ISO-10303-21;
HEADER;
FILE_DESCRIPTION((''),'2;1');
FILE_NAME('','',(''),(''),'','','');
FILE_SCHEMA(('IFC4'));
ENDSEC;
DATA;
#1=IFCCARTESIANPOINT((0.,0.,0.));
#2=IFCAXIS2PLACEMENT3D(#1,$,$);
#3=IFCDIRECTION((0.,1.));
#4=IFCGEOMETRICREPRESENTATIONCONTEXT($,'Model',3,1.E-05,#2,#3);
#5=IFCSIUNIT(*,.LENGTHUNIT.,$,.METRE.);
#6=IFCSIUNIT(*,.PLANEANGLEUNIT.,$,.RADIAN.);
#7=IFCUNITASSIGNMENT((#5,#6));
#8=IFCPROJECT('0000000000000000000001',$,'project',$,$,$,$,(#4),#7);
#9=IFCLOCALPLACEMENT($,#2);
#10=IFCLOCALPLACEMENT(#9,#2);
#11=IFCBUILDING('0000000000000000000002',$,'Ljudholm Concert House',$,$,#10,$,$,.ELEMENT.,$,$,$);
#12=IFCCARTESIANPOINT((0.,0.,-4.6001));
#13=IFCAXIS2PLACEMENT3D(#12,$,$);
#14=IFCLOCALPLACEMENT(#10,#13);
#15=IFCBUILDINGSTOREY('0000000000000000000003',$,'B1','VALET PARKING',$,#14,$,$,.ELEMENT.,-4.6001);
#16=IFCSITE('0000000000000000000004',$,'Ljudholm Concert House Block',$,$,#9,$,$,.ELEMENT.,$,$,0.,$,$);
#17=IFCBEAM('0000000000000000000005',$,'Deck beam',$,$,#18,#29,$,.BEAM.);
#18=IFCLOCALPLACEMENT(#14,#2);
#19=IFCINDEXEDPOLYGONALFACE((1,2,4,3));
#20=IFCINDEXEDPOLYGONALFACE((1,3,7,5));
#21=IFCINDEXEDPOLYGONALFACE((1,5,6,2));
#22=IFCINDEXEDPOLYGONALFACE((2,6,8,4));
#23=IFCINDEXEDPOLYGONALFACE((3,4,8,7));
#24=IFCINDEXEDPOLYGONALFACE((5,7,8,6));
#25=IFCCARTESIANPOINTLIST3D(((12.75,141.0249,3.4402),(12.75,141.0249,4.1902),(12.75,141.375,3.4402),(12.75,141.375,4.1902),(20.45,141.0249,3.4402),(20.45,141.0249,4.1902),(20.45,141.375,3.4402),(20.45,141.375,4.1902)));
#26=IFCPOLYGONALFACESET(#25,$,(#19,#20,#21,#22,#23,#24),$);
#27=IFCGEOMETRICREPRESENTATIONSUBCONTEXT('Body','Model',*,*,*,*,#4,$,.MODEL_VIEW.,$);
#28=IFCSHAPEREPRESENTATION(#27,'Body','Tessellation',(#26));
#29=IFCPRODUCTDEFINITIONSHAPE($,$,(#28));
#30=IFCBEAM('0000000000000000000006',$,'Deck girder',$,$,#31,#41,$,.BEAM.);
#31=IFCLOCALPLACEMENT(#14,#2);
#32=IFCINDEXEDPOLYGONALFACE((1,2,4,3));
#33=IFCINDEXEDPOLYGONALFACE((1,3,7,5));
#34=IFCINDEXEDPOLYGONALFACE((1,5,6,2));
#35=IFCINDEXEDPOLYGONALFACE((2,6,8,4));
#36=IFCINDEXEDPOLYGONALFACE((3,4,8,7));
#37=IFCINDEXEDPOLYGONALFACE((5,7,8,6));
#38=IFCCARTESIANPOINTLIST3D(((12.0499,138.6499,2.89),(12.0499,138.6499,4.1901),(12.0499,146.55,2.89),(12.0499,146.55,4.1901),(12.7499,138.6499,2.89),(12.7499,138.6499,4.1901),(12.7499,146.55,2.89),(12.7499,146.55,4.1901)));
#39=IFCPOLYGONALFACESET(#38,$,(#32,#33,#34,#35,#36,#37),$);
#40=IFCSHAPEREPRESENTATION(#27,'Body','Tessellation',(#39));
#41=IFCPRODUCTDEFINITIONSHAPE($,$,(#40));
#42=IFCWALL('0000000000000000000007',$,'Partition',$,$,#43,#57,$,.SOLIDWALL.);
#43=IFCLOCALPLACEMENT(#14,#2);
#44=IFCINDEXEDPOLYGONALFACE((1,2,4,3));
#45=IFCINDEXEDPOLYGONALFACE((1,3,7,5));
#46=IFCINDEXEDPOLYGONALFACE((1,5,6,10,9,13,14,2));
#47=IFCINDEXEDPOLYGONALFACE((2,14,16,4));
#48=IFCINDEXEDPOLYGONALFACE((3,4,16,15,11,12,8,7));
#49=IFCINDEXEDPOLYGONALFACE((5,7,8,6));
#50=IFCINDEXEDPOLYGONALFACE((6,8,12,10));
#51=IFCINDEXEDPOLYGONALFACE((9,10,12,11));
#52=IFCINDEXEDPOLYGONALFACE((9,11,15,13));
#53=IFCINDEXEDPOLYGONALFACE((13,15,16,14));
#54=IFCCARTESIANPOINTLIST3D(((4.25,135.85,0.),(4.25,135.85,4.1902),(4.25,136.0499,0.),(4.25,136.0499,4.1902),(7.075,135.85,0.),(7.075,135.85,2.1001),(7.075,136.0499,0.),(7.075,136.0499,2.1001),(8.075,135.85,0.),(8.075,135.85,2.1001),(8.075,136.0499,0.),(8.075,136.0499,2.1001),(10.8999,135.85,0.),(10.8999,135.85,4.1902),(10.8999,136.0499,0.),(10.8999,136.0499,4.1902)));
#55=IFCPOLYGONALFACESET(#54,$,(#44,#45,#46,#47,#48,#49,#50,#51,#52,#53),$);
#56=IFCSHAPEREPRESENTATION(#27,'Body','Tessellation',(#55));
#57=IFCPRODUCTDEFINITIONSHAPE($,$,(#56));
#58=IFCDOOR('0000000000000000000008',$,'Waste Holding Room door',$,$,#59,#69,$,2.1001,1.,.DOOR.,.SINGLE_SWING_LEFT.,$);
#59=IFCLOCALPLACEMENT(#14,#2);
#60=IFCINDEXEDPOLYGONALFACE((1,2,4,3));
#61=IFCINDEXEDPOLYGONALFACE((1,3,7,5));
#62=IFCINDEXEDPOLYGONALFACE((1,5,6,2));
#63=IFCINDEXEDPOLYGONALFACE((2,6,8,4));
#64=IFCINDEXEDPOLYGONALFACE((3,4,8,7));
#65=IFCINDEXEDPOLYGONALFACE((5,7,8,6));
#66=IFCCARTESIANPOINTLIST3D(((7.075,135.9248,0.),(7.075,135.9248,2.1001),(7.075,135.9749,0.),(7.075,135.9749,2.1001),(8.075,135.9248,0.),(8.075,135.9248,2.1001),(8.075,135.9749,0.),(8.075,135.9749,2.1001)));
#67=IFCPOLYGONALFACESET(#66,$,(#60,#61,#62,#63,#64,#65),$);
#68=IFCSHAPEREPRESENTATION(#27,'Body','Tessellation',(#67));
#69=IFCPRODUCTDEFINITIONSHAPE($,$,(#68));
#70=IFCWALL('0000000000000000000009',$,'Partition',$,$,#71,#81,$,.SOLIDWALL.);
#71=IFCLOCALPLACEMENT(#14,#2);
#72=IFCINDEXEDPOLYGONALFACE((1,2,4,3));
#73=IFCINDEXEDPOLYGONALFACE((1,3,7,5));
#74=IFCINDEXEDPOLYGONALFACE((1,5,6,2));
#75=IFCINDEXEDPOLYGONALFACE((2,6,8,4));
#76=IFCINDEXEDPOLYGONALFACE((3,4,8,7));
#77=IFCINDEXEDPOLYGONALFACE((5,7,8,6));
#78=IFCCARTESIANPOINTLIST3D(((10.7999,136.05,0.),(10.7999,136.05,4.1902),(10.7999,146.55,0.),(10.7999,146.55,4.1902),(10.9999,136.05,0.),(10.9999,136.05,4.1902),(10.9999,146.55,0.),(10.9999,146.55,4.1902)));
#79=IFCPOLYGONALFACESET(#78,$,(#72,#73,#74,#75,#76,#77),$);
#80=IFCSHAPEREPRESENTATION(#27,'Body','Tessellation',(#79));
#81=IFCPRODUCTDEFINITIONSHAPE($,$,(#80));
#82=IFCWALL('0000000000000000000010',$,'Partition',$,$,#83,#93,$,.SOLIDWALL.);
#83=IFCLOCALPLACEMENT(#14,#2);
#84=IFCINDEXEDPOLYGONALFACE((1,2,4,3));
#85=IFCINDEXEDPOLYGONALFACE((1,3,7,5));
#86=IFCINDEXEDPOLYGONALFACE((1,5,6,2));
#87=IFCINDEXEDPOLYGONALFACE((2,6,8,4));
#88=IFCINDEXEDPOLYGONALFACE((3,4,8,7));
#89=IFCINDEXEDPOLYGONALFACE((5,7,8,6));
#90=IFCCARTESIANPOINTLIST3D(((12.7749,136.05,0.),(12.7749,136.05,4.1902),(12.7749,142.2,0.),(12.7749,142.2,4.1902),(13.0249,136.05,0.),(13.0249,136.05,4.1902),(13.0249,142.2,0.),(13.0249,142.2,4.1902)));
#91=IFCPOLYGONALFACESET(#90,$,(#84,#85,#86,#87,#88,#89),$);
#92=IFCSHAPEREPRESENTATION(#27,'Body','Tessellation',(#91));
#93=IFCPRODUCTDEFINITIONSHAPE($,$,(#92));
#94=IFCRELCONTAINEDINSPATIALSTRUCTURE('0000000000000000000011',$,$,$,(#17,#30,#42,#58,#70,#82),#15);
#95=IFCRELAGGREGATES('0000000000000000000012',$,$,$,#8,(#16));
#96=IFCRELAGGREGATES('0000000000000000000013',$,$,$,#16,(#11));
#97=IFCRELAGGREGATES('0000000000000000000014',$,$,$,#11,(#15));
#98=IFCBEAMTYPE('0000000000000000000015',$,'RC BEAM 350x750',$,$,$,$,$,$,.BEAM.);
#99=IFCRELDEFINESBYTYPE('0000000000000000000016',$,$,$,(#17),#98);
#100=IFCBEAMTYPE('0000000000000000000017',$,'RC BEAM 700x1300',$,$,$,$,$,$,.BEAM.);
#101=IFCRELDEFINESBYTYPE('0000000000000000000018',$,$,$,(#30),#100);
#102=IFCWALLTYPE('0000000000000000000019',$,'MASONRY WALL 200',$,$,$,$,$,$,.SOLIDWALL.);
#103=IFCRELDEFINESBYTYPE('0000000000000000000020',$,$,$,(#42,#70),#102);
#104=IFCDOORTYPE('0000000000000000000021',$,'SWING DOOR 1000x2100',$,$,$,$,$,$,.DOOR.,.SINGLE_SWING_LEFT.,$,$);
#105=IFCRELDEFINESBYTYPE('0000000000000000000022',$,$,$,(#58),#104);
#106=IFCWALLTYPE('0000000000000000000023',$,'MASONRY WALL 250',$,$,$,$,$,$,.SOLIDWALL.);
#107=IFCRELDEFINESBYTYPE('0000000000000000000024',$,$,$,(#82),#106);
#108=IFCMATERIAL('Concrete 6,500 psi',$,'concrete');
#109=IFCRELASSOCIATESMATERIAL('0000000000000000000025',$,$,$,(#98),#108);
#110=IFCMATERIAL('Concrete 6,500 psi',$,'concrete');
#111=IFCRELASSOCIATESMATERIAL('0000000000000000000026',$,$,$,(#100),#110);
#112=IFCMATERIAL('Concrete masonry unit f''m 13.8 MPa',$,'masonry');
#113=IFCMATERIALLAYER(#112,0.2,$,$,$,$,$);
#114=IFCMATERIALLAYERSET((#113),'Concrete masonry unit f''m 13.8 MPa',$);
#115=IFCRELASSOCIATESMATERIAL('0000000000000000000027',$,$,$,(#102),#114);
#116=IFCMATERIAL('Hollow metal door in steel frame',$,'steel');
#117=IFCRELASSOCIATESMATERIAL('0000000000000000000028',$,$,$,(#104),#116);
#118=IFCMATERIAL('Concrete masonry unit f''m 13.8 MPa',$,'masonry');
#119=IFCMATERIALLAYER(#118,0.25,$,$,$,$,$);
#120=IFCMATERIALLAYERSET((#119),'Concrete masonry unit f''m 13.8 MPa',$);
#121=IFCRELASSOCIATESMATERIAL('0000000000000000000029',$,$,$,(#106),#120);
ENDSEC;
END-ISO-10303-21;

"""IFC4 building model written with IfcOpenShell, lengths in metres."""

from ifc_helpers import new_model, si_unit, direction, frame, frame_2d, origin, origin_2d, place, context, subcontext, project, spatial, rectangle, extrude, material, layer, layer_set, material_profile, profile_set, type_object, element, fill, save


model = new_model("IFC4")

# Units and contexts
model_context = context("Model", 3, precision=1e-05, world=origin(), true_north=direction((0.0, 1.0)))
body_context = subcontext(model_context, "Body", "Model", "MODEL_VIEW")
ifc_project = project(units=[si_unit("LENGTHUNIT", "METRE"), si_unit("PLANEANGLEUNIT", "RADIAN")], contexts=[model_context])

# Site, building, storey
site_placement = place(None, origin())
site = spatial("IfcSite", under=ifc_project, at=site_placement, Name="Ljudholm Concert House Block", CompositionType="ELEMENT", RefElevation=0.0)
building_placement = place(site_placement, origin())
building = spatial("IfcBuilding", under=site, at=building_placement, Name="Ljudholm Concert House", CompositionType="ELEMENT")
storey_placement = place(building_placement, frame((0.0, 0.0, -4.6001)))
storey = spatial("IfcBuildingStorey", under=building, at=storey_placement, Name="B1", Description="VALET PARKING", CompositionType="ELEMENT", Elevation=-4.6001)

# Beams
ifc_material_1 = material(Name="Concrete 6,500 psi", Category="concrete")
ifc_material_profile_1 = material_profile(ifc_material_1, rectangle(XDim=0.3501, YDim=0.75, at=origin_2d()), Name="RC BEAM 350x750")
ifc_profile_set_1 = profile_set([ifc_material_profile_1], Name="Concrete 6,500 psi")
beam_type_1 = type_object("IfcBeamType", Name="RC BEAM 350x750", PredefinedType="BEAM", material=ifc_profile_set_1)
beam_1_placement = place(storey_placement, frame((12.75, 141.2, 3.8152), z_axis=(1.0, 0.0, 0.0), x_axis=(0.0, 1.0, 0.0)))
element("IfcBeam", 1, at=beam_1_placement, inside=storey, type_object=beam_type_1, Name="Deck beam", PredefinedType="BEAM", context=body_context, shape_type="SweptSolid", body=[
    extrude(rectangle(XDim=0.3501, YDim=0.75, at=origin_2d()), origin(), (0.0, 0.0, 1.0), 7.7),
])
ifc_material_2 = material(Name="Concrete 6,500 psi", Category="concrete")
ifc_material_profile_2 = material_profile(ifc_material_2, rectangle(XDim=0.7, YDim=1.3, at=origin_2d()), Name="RC BEAM 700x1300")
ifc_profile_set_2 = profile_set([ifc_material_profile_2], Name="Concrete 6,500 psi")
beam_type_2 = type_object("IfcBeamType", Name="RC BEAM 700x1300", PredefinedType="BEAM", material=ifc_profile_set_2)
beam_2_placement = place(storey_placement, frame((12.3999, 138.6499, 3.54), z_axis=(0.0, 1.0, 0.0), x_axis=(-1.0, 0.0, 0.0)))
element("IfcBeam", 2, at=beam_2_placement, inside=storey, type_object=beam_type_2, Name="Deck girder", PredefinedType="BEAM", context=body_context, shape_type="SweptSolid", body=[
    extrude(rectangle(XDim=0.7, YDim=1.3, at=origin_2d()), origin(), (0.0, 0.0, 1.0), 7.9001),
])

# Wall, opening, door
ifc_material_3 = material(Name="Concrete masonry unit f'm 13.8 MPa", Category="masonry")
ifc_layer_1 = layer(ifc_material_3, 0.2)
ifc_layer_set_1 = layer_set([ifc_layer_1], Name="Concrete masonry unit f'm 13.8 MPa")
wall_type_1 = type_object("IfcWallType", Name="MASONRY WALL 200", PredefinedType="SOLIDWALL", material=ifc_layer_set_1)
wall_1_placement = place(storey_placement, frame((4.25, 135.95, 0.0), z_axis=(0.0, 0.0, 1.0), x_axis=(1.0, 0.0, 0.0)))
wall_1 = element("IfcWall", 3, at=wall_1_placement, inside=storey, type_object=wall_type_1, Name="Partition", PredefinedType="SOLIDWALL", context=body_context, shape_type="SweptSolid", body=[
    extrude(rectangle(XDim=6.6499, YDim=0.2, at=frame_2d((3.325, 0.0))), origin(), (0.0, 0.0, 1.0), 4.1902),
])
opening_placement = place(wall_1_placement, frame((2.825, 0.0, 0.0)))
opening = element("IfcOpeningElement", 4, at=opening_placement, cuts=wall_1, PredefinedType="OPENING", context=body_context, shape_type="SweptSolid", body=[
    extrude(rectangle(XDim=1.0, YDim=2.1001, at=frame_2d((0.5, 1.05))), frame((0.0, 0.1099, 0.0), z_axis=(0.0, -1.0, 0.0), x_axis=(1.0, 0.0, 0.0)), (0.0, 0.0, 1.0), 0.22),
])
ifc_material_4 = material(Name="Hollow metal door in steel frame", Category="steel")
door_type = type_object("IfcDoorType", Name="SWING DOOR 1000x2100", OperationType="SINGLE_SWING_LEFT", PredefinedType="DOOR", material=ifc_material_4)
door_placement = place(opening_placement, origin())
door = element("IfcDoor", 5, at=door_placement, inside=storey, type_object=door_type, Name="Waste Holding Room door", OperationType="SINGLE_SWING_LEFT", OverallHeight=2.1001, OverallWidth=1.0, PredefinedType="DOOR", context=body_context, shape_type="SweptSolid", body=[
    extrude(rectangle(XDim=1.0, YDim=2.1001, at=frame_2d((0.5, 1.05))), frame((0.0, 0.0249, 0.0), z_axis=(0.0, -1.0, 0.0), x_axis=(1.0, 0.0, 0.0)), (0.0, 0.0, 1.0), 0.05),
])
fill(opening, door)

# Walls
wall_2_placement = place(storey_placement, frame((10.8999, 136.05, 0.0), z_axis=(0.0, 0.0, 1.0), x_axis=(0.0, 1.0, 0.0)))
element("IfcWall", 6, at=wall_2_placement, inside=storey, type_object=wall_type_1, Name="Partition", PredefinedType="SOLIDWALL", context=body_context, shape_type="SweptSolid", body=[
    extrude(rectangle(XDim=10.5, YDim=0.2, at=frame_2d((5.25, 0.0))), origin(), (0.0, 0.0, 1.0), 4.1902),
])
ifc_material_5 = material(Name="Concrete masonry unit f'm 13.8 MPa", Category="masonry")
ifc_layer_2 = layer(ifc_material_5, 0.25)
ifc_layer_set_2 = layer_set([ifc_layer_2], Name="Concrete masonry unit f'm 13.8 MPa")
wall_type_2 = type_object("IfcWallType", Name="MASONRY WALL 250", PredefinedType="SOLIDWALL", material=ifc_layer_set_2)
wall_3_placement = place(storey_placement, frame((12.8999, 136.05, 0.0), z_axis=(0.0, 0.0, 1.0), x_axis=(0.0, 1.0, 0.0)))
element("IfcWall", 7, at=wall_3_placement, inside=storey, type_object=wall_type_2, Name="Partition", PredefinedType="SOLIDWALL", context=body_context, shape_type="SweptSolid", body=[
    extrude(rectangle(XDim=6.1499, YDim=0.25, at=frame_2d((3.075, 0.0))), origin(), (0.0, 0.0, 1.0), 4.1902),
])

save(model, "model.ifc")
